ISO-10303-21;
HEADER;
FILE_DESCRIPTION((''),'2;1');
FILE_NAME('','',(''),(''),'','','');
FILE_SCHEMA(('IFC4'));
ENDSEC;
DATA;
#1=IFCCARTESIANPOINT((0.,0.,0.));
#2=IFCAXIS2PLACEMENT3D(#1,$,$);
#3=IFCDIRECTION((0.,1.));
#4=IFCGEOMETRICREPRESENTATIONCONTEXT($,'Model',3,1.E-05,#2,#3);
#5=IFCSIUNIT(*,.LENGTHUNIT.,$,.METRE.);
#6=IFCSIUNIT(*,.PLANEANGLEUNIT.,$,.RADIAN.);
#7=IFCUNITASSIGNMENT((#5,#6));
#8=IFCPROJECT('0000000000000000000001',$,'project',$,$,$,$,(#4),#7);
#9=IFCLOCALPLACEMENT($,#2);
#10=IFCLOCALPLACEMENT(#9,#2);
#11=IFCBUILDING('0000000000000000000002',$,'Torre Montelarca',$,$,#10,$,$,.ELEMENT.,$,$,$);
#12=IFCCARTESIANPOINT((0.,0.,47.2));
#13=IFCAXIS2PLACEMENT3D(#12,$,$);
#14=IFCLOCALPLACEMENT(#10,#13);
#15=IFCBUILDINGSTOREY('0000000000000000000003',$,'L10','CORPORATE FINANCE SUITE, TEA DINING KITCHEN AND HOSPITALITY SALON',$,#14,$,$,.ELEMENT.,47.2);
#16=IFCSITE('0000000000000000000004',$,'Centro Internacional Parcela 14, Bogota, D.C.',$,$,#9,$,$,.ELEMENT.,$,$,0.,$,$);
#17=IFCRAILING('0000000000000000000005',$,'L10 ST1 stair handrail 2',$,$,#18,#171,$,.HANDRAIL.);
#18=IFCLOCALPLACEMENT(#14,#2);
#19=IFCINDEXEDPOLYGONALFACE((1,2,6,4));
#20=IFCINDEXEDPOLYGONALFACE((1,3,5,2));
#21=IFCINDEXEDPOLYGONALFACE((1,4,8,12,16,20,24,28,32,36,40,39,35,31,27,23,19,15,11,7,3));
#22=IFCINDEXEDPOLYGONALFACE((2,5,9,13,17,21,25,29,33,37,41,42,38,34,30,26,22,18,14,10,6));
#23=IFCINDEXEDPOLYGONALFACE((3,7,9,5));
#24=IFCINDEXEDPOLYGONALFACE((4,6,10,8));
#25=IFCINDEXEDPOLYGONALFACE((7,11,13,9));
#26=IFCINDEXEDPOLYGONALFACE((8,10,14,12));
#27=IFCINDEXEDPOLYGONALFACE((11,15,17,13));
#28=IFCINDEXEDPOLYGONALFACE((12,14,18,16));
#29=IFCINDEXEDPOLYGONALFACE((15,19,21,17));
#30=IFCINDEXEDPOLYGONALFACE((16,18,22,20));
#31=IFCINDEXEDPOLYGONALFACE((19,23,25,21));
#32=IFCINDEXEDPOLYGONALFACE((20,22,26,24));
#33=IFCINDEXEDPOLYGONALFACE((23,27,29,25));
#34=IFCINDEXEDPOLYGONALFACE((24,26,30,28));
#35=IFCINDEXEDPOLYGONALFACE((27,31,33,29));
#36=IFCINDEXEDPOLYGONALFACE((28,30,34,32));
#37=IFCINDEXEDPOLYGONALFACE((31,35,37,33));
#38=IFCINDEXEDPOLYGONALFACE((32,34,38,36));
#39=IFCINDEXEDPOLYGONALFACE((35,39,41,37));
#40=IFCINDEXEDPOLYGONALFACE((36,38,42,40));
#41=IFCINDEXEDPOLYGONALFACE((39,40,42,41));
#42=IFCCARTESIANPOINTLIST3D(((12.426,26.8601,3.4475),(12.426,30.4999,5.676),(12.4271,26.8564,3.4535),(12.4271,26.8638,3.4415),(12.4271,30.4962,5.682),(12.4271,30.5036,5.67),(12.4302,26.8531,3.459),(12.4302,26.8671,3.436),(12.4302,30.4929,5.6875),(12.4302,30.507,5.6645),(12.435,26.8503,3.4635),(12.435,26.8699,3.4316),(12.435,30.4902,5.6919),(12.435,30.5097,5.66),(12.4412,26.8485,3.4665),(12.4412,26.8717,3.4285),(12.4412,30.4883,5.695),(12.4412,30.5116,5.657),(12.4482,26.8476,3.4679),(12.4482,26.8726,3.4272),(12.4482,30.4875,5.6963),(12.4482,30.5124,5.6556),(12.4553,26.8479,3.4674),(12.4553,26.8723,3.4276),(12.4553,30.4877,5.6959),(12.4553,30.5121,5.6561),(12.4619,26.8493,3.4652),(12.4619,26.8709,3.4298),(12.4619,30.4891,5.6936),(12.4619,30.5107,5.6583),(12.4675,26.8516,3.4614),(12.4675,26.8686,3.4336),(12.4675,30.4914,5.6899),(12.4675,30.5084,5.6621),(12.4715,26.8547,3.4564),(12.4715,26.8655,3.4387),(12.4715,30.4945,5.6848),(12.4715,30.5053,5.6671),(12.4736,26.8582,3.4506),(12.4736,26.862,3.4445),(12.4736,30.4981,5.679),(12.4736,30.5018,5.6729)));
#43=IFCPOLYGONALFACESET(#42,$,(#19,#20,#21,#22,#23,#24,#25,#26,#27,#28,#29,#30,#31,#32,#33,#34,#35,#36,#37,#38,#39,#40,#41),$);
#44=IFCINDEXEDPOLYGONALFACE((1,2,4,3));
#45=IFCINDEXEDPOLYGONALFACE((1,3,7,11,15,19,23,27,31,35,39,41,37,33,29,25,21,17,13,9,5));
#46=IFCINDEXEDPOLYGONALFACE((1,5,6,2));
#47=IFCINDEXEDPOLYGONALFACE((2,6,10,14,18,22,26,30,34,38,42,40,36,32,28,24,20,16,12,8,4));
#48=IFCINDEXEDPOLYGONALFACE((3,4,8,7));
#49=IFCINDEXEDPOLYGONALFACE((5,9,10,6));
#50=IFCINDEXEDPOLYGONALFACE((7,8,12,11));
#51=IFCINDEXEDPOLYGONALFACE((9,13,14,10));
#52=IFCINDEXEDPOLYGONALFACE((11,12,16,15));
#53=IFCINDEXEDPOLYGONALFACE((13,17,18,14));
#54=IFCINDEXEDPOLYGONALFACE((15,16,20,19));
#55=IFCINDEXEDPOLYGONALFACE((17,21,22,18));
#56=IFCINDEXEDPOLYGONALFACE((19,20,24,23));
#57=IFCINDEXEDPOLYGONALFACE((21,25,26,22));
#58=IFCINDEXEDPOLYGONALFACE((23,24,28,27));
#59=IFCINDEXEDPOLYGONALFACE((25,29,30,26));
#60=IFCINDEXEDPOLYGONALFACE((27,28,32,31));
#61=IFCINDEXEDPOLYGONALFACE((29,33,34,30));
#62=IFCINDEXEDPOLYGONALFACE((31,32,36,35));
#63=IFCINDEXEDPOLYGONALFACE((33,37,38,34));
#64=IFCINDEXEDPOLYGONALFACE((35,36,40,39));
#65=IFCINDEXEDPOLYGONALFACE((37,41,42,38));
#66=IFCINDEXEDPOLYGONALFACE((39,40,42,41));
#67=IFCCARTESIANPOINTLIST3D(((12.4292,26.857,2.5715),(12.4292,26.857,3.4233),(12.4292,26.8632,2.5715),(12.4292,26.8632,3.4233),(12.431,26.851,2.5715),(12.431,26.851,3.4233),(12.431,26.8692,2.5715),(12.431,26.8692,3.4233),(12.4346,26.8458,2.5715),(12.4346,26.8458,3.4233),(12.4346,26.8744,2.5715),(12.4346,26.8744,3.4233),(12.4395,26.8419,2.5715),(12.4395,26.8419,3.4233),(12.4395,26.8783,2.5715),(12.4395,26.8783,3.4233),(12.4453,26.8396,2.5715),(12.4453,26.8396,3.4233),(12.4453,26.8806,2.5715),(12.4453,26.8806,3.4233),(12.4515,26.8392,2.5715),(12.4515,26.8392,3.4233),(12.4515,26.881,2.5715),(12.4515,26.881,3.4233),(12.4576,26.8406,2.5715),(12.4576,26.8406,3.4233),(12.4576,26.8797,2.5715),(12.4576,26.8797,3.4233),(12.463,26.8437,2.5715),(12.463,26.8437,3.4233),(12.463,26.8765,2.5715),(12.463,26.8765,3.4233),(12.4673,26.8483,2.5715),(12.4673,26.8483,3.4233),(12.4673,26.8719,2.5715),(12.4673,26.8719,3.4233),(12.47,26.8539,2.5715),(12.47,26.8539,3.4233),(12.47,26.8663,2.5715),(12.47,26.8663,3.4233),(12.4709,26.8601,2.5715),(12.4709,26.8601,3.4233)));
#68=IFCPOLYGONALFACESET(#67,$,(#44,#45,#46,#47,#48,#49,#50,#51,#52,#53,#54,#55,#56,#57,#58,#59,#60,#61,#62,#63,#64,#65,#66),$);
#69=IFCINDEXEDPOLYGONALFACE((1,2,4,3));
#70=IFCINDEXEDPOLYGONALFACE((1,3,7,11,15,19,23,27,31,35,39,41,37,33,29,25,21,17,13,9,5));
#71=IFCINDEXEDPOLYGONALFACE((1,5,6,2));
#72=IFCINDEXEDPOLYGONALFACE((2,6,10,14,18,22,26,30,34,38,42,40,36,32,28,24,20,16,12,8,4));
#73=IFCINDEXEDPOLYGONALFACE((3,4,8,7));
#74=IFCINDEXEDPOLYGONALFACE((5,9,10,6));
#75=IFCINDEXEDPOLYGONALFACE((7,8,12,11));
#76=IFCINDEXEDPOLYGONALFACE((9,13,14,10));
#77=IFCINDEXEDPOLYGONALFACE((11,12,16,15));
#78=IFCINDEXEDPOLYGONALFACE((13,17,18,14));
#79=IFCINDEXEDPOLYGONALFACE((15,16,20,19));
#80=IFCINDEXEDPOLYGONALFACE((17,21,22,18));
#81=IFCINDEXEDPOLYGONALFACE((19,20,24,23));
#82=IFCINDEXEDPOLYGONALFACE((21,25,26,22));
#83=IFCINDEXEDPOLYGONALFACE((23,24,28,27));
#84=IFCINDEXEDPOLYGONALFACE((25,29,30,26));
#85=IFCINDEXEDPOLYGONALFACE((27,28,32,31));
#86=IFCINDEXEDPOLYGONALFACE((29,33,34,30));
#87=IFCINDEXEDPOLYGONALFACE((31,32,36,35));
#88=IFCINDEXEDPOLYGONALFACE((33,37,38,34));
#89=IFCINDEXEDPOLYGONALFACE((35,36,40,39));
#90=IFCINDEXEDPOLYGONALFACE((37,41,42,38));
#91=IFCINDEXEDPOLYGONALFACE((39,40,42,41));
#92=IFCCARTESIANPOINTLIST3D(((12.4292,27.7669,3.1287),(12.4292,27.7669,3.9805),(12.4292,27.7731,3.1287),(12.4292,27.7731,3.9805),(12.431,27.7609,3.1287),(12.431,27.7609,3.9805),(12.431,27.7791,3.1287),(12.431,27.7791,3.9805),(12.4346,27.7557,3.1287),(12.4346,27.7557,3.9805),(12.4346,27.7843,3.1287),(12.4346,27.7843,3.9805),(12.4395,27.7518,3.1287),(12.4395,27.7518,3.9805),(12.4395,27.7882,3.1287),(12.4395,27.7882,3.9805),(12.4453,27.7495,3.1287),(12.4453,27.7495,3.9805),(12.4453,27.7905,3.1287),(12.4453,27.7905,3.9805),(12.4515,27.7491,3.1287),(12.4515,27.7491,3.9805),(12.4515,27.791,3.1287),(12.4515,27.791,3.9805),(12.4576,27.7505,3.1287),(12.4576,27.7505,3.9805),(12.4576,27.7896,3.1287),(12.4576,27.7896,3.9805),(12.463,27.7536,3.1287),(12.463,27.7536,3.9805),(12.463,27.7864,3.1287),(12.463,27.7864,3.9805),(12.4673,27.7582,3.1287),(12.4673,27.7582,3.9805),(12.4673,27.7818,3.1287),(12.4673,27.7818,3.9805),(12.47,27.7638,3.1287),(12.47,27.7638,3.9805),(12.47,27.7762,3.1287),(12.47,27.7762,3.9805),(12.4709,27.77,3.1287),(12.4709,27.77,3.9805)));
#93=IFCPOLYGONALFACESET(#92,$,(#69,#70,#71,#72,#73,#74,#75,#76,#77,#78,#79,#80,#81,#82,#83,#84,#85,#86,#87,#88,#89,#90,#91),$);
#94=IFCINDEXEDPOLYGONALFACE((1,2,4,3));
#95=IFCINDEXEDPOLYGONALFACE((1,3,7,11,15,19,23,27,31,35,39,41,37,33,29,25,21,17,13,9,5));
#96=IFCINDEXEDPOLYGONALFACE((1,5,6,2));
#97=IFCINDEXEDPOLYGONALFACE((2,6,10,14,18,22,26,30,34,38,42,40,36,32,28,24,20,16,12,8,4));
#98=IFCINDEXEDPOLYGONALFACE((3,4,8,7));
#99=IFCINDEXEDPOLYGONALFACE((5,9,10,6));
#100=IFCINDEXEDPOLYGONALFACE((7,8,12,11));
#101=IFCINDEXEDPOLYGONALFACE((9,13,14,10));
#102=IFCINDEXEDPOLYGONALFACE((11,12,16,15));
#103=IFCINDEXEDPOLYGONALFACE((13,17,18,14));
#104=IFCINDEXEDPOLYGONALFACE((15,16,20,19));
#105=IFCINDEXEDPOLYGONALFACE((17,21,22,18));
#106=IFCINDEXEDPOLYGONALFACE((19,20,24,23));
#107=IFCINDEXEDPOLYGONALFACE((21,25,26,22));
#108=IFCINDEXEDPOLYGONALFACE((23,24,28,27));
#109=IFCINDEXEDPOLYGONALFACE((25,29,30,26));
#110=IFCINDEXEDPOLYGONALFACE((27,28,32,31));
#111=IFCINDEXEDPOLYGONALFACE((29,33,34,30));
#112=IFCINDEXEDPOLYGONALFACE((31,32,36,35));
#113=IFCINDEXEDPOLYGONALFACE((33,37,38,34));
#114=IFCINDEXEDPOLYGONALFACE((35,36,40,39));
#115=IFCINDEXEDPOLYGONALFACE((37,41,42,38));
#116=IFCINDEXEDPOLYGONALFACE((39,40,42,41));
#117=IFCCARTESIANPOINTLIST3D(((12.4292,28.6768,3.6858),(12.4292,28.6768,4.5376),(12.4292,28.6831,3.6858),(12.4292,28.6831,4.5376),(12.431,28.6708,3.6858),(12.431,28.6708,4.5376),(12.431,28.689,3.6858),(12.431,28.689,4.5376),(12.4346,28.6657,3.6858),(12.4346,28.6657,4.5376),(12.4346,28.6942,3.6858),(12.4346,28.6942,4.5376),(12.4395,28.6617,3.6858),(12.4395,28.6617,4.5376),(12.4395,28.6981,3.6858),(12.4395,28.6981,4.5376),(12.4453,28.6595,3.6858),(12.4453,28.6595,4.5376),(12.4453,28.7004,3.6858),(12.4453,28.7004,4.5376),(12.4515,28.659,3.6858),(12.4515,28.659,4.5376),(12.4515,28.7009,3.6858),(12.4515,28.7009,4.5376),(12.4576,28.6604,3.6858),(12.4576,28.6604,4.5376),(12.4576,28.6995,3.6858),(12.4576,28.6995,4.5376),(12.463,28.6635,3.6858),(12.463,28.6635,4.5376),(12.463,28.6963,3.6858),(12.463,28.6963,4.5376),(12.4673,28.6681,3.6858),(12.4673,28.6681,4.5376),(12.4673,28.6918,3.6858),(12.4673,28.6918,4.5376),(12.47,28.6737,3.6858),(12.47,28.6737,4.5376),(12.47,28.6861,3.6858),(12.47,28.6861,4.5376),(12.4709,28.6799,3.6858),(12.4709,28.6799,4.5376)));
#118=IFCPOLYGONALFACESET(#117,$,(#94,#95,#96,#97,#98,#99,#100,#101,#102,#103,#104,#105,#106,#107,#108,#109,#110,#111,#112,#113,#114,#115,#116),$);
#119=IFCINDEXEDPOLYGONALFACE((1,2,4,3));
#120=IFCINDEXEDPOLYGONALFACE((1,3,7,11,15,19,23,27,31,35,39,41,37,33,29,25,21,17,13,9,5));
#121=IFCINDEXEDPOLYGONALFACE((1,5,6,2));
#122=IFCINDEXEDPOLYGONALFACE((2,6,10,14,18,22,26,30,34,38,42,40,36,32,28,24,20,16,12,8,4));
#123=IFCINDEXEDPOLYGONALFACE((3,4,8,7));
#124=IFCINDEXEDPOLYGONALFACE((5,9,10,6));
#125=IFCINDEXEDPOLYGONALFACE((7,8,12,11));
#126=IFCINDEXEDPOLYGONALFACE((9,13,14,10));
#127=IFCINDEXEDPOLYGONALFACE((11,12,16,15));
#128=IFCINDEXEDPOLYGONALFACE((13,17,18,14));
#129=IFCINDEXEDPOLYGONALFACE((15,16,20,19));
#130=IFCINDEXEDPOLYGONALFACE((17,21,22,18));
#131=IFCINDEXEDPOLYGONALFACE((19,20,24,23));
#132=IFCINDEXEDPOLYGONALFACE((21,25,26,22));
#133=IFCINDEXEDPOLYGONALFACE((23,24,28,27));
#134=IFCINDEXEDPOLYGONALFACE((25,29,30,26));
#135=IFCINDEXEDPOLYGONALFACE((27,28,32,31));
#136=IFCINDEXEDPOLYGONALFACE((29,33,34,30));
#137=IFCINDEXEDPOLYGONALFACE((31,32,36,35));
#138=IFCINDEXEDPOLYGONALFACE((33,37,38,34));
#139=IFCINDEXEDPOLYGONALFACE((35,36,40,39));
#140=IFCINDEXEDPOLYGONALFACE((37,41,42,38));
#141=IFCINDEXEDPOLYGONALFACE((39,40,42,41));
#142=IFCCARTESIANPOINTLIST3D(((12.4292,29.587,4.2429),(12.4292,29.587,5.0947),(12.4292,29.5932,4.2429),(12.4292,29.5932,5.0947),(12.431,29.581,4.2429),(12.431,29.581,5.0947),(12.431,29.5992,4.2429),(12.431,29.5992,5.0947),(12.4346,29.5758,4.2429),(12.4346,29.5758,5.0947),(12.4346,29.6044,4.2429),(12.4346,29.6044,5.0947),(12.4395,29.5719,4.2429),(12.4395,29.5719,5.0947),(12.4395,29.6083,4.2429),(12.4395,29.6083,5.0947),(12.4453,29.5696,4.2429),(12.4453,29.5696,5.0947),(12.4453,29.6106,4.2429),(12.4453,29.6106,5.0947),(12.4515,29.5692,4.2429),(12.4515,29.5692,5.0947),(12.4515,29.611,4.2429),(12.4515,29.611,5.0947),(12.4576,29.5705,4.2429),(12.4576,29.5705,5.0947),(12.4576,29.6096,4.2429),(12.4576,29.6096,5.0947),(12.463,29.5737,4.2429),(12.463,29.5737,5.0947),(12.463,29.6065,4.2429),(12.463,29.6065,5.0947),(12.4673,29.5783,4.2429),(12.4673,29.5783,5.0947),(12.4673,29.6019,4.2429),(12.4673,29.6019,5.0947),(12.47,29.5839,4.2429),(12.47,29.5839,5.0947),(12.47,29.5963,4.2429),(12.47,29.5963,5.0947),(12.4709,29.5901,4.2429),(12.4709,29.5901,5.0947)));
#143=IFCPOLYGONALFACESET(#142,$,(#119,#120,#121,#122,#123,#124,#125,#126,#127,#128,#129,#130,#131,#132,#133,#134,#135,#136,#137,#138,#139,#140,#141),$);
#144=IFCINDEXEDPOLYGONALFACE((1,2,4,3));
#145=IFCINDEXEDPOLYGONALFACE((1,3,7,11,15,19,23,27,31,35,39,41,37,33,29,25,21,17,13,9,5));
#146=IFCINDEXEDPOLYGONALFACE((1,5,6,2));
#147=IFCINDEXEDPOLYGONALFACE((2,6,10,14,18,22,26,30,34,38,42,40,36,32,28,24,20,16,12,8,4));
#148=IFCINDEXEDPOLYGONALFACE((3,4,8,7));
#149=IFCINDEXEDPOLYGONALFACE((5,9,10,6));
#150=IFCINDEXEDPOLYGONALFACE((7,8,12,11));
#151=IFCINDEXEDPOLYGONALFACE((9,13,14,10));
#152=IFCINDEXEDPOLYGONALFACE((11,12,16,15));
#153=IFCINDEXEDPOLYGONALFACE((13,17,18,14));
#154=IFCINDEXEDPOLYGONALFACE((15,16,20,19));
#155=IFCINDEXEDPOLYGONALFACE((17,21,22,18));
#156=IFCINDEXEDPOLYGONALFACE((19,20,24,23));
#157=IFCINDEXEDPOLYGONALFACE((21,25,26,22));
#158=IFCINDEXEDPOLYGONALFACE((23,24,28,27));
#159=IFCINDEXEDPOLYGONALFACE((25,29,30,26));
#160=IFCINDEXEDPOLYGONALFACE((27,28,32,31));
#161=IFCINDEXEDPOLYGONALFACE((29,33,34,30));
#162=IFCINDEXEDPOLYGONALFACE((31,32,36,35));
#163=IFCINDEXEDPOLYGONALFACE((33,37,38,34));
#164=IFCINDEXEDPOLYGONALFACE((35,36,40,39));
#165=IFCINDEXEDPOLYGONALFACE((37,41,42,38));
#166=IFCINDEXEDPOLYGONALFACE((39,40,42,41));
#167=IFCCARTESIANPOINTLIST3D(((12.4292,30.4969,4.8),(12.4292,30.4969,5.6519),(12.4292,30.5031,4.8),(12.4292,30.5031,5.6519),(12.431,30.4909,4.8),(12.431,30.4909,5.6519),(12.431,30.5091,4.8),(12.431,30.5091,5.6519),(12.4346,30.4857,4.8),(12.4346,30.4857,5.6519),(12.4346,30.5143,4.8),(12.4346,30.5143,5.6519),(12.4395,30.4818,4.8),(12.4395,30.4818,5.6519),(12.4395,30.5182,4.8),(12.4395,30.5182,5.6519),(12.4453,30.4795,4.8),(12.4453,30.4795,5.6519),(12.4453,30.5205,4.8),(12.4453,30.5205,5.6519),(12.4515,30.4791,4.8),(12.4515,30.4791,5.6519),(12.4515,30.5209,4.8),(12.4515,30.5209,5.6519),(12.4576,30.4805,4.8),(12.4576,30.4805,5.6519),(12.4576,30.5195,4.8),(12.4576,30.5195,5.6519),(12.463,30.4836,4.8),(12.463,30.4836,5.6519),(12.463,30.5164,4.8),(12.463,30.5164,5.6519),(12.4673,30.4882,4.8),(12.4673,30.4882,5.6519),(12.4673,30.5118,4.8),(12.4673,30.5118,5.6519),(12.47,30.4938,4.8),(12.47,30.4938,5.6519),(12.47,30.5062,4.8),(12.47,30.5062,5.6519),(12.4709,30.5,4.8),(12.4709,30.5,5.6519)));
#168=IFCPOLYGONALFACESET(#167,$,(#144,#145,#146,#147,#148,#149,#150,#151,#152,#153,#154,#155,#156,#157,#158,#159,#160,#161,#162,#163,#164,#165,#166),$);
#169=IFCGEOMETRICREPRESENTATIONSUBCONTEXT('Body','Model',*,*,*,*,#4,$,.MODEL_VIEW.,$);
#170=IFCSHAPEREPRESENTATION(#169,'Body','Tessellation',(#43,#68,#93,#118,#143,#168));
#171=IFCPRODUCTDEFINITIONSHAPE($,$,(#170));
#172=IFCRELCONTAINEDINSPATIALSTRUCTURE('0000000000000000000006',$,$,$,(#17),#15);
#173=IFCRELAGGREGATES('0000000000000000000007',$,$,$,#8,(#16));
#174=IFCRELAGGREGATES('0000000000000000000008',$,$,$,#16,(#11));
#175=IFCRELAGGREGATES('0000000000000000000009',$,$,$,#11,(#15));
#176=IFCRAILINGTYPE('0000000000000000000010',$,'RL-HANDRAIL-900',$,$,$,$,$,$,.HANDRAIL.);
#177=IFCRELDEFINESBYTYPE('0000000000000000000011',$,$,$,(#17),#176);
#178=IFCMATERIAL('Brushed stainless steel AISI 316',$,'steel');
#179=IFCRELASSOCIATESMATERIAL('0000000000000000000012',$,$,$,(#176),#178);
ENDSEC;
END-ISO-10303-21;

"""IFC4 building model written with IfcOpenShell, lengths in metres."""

from ifc_helpers import new_model, si_unit, direction, frame, origin, origin_2d, place, context, subcontext, project, spatial, circle, extrude, material, type_object, element, save


model = new_model("IFC4")

# Units and contexts
model_context = context("Model", 3, precision=1e-05, world=origin(), true_north=direction((0.0, 1.0)))
body_context = subcontext(model_context, "Body", "Model", "MODEL_VIEW")
ifc_project = project(units=[si_unit("LENGTHUNIT", "METRE"), si_unit("PLANEANGLEUNIT", "RADIAN")], contexts=[model_context])

# Site, building, storey
site_placement = place(None, origin())
site = spatial("IfcSite", under=ifc_project, at=site_placement, Name="Centro Internacional Parcela 14, Bogota, D.C.", CompositionType="ELEMENT", RefElevation=0.0)
building_placement = place(site_placement, origin())
building = spatial("IfcBuilding", under=site, at=building_placement, Name="Torre Montelarca", CompositionType="ELEMENT")
storey_placement = place(building_placement, frame((0.0, 0.0, 47.2)))
storey = spatial("IfcBuildingStorey", under=building, at=storey_placement, Name="L10", Description="CORPORATE FINANCE SUITE, TEA DINING KITCHEN AND HOSPITALITY SALON", CompositionType="ELEMENT", Elevation=47.2)

# Shared definitions
ifc_material_1 = material(Name="Brushed stainless steel AISI 316", Category="steel")

# Railing
railing_type_1 = type_object("IfcRailingType", Name="RL-HANDRAIL-900", PredefinedType="HANDRAIL", material=ifc_material_1)
railing_1_placement = place(storey_placement, frame((12.45, 26.8601, 2.5715)))
element("IfcRailing", 1, at=railing_1_placement, inside=storey, type_object=railing_type_1, Name="L10 ST1 stair handrail 2", PredefinedType="HANDRAIL", context=body_context, shape_type="SweptSolid", body=[
    extrude(circle(Radius=0.0239, at=origin_2d()), frame((0.0, 0.0, 0.876), z_axis=(0.0, 0.85285, 0.522156), x_axis=(-1.0, 0.0, 0.0)), (0.0, 0.0, 1.0), 4.2678),
    extrude(circle(Radius=0.021, at=origin_2d()), origin(), (0.0, 0.0, 1.0), 0.8518),
    extrude(circle(Radius=0.021, at=origin_2d()), frame((0.0, 0.9099, 0.5571)), (0.0, 0.0, 1.0), 0.8518),
    extrude(circle(Radius=0.021, at=origin_2d()), frame((0.0, 1.8198, 1.1143)), (0.0, 0.0, 1.0), 0.8518),
    extrude(circle(Radius=0.021, at=origin_2d()), frame((0.0, 2.73, 1.6714)), (0.0, 0.0, 1.0), 0.8518),
    extrude(circle(Radius=0.021, at=origin_2d()), frame((0.0, 3.6399, 2.2285)), (0.0, 0.0, 1.0), 0.8518),
])

save(model, "model.ifc")
